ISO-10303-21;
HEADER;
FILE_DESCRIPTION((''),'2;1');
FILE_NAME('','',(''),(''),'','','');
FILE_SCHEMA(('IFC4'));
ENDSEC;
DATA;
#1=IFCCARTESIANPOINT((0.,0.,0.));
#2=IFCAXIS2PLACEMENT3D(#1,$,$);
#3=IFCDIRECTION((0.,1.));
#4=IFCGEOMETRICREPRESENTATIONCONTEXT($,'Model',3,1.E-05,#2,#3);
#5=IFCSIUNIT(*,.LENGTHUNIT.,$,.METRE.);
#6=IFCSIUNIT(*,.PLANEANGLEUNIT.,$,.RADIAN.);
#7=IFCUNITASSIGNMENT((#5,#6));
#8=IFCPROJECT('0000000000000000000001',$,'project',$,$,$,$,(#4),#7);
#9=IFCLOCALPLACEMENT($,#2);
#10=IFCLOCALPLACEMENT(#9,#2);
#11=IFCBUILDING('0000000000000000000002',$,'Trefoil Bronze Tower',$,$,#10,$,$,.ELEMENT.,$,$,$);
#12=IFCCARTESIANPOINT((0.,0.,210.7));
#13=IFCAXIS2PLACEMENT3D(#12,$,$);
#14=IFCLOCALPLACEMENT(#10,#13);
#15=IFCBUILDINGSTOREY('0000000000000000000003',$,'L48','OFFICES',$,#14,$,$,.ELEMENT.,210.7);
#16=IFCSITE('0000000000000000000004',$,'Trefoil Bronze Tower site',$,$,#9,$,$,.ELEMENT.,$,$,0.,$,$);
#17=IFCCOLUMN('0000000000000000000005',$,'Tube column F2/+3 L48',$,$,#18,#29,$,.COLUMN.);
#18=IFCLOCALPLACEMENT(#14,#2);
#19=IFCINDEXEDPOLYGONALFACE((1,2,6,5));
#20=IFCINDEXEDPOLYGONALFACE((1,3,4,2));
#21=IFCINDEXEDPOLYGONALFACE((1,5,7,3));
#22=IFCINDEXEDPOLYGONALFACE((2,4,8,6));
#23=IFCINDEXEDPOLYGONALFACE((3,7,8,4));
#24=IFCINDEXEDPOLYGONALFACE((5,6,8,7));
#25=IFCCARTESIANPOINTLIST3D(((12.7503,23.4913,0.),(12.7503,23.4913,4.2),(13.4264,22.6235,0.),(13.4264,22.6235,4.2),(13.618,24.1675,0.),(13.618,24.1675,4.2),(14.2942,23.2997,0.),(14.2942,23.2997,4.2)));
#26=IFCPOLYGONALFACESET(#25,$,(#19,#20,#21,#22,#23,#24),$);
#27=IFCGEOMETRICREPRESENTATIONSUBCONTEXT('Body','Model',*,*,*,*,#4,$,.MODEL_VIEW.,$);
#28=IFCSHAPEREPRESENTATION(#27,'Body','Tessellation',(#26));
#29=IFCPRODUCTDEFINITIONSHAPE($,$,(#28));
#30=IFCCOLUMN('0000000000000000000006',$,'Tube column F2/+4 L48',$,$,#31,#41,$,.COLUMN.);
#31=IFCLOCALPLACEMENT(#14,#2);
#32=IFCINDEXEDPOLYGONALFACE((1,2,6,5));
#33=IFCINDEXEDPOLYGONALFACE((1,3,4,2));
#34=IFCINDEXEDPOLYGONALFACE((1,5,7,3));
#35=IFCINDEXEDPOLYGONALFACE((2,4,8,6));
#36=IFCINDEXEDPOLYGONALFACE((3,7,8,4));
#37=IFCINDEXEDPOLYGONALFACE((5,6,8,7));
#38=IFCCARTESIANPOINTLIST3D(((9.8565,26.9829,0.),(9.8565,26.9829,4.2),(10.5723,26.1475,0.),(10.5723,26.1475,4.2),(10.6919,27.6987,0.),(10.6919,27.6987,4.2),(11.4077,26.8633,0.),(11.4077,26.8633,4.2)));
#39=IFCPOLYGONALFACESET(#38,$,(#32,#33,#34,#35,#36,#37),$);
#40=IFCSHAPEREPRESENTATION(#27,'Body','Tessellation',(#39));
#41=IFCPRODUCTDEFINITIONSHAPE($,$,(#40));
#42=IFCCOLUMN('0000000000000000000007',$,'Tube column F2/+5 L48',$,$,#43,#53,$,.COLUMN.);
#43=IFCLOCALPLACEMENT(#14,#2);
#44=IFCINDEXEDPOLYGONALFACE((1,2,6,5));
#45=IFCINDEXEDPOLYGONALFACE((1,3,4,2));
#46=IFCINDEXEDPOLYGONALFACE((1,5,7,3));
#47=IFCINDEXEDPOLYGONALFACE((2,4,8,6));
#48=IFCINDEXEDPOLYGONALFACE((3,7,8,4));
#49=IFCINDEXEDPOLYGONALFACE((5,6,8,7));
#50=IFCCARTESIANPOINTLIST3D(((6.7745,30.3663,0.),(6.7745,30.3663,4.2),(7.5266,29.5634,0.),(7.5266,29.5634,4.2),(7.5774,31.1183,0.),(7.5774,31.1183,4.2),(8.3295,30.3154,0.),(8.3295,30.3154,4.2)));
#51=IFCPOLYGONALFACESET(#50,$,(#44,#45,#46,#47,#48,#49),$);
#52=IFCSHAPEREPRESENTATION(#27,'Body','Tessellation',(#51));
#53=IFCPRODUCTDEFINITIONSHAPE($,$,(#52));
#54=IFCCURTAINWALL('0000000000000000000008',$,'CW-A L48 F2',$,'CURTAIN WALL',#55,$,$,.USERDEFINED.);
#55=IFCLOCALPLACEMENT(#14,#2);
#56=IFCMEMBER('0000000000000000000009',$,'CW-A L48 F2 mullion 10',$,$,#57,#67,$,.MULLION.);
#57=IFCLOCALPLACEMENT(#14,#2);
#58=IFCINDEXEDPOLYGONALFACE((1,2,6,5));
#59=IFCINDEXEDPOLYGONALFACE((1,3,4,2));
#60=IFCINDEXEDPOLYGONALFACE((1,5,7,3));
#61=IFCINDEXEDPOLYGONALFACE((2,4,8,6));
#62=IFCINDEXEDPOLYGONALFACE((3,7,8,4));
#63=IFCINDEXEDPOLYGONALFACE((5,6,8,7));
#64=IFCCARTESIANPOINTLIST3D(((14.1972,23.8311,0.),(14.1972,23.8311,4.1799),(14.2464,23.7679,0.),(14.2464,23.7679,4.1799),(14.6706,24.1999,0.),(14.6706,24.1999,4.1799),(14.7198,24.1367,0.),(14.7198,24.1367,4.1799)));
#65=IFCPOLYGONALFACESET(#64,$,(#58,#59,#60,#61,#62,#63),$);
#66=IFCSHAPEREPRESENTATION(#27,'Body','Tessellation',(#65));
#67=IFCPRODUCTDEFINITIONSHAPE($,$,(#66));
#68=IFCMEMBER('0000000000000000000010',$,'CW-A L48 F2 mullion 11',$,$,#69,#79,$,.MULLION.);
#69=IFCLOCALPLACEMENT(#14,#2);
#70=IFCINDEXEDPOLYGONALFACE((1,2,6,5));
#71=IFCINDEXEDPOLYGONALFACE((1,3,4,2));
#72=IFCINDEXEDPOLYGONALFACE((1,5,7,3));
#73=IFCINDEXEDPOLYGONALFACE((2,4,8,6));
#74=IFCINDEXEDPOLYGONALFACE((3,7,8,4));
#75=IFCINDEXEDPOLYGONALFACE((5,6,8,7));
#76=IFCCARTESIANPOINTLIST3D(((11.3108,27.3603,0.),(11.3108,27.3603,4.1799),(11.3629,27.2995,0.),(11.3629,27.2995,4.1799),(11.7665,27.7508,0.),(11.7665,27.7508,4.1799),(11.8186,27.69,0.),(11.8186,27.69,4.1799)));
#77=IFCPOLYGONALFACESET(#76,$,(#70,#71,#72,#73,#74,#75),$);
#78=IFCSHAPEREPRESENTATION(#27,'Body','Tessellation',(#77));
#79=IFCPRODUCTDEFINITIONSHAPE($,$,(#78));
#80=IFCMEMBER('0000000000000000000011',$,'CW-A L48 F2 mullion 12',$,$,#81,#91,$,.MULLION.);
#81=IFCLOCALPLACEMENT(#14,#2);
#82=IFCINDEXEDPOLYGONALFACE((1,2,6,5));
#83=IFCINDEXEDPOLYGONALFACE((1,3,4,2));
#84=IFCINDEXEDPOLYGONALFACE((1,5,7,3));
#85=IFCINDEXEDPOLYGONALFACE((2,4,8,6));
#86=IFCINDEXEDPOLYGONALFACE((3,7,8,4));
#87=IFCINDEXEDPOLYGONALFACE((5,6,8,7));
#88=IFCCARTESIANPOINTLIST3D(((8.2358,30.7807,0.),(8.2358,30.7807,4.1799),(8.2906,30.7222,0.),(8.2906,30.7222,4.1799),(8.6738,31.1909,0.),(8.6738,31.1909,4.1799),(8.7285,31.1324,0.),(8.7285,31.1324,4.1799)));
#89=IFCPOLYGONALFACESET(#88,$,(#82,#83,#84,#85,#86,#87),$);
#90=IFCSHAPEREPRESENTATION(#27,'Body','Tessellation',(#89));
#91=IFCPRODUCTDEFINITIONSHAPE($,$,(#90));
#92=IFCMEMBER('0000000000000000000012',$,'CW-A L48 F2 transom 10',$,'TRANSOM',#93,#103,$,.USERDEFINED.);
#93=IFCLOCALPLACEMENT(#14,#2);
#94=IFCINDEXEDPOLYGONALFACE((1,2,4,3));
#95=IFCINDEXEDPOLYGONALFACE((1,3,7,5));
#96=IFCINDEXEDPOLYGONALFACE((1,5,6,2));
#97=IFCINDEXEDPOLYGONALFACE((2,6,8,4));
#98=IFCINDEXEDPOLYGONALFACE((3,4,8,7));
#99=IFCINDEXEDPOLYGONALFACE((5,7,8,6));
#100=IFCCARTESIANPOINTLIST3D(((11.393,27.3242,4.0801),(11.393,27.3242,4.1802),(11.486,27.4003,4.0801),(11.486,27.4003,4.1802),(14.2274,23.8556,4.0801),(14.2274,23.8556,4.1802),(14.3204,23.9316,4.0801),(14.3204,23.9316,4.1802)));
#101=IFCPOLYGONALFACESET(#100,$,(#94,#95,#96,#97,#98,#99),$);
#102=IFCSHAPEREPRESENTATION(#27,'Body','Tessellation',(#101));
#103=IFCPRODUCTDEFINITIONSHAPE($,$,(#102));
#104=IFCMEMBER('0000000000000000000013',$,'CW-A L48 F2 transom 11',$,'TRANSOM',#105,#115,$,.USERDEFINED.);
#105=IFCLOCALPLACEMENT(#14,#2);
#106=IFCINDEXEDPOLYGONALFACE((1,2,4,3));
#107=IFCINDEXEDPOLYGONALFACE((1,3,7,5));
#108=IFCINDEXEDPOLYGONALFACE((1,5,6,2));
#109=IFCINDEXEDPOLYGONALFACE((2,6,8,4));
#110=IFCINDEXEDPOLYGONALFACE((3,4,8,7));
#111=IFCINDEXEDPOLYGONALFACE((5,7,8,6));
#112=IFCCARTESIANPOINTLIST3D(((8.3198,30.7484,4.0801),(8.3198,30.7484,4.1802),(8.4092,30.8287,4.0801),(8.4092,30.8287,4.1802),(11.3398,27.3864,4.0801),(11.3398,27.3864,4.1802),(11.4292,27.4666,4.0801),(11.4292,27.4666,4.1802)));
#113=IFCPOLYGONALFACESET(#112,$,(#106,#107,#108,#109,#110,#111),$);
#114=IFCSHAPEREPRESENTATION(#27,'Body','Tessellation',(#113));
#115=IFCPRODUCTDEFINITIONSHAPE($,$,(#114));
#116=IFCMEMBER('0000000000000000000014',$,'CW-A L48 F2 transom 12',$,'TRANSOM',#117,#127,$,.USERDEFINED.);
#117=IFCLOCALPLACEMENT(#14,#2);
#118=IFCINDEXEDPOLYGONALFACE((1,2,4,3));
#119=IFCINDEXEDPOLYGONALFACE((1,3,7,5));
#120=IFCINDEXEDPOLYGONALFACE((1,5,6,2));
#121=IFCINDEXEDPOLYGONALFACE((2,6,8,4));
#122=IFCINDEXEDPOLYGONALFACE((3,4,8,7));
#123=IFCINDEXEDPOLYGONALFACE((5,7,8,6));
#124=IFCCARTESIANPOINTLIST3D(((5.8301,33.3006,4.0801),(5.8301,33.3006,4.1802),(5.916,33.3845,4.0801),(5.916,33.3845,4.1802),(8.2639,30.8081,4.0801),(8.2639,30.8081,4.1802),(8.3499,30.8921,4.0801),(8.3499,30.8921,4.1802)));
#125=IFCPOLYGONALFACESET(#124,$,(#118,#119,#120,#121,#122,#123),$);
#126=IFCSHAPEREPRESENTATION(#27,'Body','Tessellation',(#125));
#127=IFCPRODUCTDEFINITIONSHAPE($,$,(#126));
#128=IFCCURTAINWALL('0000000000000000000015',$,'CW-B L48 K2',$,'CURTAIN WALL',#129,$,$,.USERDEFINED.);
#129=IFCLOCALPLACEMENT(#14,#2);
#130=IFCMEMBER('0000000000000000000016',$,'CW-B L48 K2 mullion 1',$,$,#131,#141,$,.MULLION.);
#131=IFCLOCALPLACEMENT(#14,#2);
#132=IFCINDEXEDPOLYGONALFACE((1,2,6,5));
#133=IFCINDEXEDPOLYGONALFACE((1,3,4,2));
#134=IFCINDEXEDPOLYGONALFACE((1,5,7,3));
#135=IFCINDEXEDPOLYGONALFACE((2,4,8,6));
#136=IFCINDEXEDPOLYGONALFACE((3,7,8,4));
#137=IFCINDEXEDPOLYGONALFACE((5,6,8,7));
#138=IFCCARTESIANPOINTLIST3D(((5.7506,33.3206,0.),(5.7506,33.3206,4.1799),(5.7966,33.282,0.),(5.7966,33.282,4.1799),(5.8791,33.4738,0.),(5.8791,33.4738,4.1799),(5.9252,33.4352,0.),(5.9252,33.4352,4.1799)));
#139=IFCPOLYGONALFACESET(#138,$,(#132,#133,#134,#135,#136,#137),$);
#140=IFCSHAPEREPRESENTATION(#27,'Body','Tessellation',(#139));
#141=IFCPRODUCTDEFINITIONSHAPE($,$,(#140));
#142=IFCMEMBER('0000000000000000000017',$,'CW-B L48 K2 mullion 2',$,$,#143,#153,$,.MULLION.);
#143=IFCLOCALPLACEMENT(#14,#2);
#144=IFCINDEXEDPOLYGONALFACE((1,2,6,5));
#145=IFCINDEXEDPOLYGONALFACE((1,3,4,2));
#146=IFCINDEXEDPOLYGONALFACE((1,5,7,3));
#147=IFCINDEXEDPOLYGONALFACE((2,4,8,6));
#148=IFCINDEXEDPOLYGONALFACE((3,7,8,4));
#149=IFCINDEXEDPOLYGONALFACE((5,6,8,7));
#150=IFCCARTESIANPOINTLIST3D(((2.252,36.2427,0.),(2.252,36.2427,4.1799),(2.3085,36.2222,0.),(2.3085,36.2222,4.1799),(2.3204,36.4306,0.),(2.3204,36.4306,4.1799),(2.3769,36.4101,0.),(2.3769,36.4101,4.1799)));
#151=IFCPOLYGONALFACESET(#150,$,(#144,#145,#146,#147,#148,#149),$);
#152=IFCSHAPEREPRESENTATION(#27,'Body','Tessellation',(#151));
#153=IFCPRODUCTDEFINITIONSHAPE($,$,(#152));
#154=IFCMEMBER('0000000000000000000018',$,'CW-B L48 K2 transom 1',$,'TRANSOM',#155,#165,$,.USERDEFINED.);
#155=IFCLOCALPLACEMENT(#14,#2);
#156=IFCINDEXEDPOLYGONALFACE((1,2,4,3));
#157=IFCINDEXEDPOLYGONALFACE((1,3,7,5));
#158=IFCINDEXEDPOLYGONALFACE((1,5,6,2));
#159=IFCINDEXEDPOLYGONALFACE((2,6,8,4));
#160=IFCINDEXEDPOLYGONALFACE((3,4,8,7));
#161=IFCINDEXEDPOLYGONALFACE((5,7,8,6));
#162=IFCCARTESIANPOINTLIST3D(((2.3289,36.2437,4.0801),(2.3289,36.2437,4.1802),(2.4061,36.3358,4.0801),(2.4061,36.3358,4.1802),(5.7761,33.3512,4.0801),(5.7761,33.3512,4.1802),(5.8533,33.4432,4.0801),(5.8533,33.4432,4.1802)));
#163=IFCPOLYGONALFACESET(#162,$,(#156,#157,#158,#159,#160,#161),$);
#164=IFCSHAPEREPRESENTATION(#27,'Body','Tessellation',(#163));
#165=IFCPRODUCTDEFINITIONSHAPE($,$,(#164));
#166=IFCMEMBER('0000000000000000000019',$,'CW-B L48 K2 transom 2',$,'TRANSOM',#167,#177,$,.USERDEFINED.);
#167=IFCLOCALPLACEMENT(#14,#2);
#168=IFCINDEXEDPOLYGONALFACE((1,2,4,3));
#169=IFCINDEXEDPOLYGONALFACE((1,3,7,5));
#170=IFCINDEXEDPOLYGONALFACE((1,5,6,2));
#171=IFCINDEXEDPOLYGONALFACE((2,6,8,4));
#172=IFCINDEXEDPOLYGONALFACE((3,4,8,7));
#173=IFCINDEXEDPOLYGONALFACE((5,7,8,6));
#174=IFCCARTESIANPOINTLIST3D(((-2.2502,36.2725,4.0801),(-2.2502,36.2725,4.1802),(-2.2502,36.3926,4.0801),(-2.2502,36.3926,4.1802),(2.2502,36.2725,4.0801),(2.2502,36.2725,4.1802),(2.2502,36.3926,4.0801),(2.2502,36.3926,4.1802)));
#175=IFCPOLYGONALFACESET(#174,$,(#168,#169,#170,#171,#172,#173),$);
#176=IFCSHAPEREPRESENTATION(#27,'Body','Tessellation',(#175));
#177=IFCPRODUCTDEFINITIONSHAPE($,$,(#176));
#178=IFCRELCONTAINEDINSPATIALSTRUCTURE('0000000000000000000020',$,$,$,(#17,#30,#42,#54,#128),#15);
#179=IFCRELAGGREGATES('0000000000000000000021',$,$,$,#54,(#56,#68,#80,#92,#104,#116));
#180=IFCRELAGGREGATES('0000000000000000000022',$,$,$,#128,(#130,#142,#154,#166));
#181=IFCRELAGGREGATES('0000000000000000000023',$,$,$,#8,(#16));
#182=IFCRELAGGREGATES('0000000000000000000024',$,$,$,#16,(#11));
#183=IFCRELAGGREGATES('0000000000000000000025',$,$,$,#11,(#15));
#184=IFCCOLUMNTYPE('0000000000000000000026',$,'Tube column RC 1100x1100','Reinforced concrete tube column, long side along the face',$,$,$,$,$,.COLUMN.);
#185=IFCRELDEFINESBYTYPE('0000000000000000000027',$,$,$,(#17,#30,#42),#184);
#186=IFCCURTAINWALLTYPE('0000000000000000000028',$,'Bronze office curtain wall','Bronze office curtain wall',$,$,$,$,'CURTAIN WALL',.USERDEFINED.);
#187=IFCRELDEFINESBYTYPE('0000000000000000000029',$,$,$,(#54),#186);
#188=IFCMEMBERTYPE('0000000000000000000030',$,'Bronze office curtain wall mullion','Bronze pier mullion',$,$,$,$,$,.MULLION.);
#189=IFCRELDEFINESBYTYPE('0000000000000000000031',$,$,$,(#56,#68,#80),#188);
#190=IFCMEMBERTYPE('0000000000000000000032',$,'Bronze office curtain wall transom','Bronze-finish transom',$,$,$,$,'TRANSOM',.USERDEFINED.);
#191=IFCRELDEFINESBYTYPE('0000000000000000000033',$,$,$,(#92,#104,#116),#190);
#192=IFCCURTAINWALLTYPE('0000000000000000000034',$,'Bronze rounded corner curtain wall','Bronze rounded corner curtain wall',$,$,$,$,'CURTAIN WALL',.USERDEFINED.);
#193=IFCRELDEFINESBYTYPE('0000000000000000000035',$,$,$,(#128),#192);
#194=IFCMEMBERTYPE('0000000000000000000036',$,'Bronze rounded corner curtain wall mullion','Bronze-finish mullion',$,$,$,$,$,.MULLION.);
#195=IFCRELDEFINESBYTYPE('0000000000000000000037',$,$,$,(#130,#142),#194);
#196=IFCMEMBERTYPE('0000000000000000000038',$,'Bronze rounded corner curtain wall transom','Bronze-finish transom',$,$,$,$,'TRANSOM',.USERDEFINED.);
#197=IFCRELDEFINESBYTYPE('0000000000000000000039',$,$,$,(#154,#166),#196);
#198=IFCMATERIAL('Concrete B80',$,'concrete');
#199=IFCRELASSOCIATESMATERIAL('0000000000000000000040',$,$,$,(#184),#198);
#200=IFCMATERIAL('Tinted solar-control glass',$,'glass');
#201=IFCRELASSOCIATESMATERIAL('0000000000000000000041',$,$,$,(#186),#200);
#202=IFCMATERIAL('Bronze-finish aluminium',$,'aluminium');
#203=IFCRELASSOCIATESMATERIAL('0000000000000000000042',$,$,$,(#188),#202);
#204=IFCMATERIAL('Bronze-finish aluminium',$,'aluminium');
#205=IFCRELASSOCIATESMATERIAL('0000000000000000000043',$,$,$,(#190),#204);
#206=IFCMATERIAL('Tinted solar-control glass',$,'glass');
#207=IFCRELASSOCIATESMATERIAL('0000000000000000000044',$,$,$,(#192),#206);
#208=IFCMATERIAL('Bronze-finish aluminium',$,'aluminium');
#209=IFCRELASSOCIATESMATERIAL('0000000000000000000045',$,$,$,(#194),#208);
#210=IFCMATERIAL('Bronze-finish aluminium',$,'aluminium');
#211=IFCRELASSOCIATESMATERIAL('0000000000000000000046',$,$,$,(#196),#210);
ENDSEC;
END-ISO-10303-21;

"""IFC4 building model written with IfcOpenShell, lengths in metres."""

from ifc_helpers import new_model, si_unit, direction, frame, origin, origin_2d, place, context, subcontext, project, spatial, rectangle, extrude, material, material_profile, profile_set, type_object, element, aggregate, save


model = new_model("IFC4")

# Units and contexts
model_context = context("Model", 3, precision=1e-05, world=origin(), true_north=direction((0.0, 1.0)))
body_context = subcontext(model_context, "Body", "Model", "MODEL_VIEW")
ifc_project = project(units=[si_unit("LENGTHUNIT", "METRE"), si_unit("PLANEANGLEUNIT", "RADIAN")], contexts=[model_context])

# Site, building, storey
site_placement = place(None, origin())
site = spatial("IfcSite", under=ifc_project, at=site_placement, Name="Trefoil Bronze Tower site", CompositionType="ELEMENT", RefElevation=0.0)
building_placement = place(site_placement, origin())
building = spatial("IfcBuilding", under=site, at=building_placement, Name="Trefoil Bronze Tower", CompositionType="ELEMENT")
storey_placement = place(building_placement, frame((0.0, 0.0, 210.7)))
storey = spatial("IfcBuildingStorey", under=building, at=storey_placement, Name="L48", Description="OFFICES", CompositionType="ELEMENT", Elevation=210.7)

# Columns
ifc_material_1 = material(Name="Concrete B80", Category="concrete")
ifc_material_profile_1 = material_profile(ifc_material_1, rectangle(XDim=1.1001, YDim=1.1001, at=origin_2d()), Name="RC 1100x1100")
ifc_profile_set_1 = profile_set([ifc_material_profile_1], Name="Concrete B80")
column_type = type_object("IfcColumnType", Name="Tube column RC 1100x1100", Description="Reinforced concrete tube column, long side along the face", PredefinedType="COLUMN", material=ifc_profile_set_1)
for number, where, z_axis, x_axis, name in (
    (1, (13.5222, 23.3955, 0.0), (0.0, 0.0, 1.0), (-0.614622, 0.788821, 0.0), "Tube column F2/+3 L48"),
    (2, (10.6321, 26.9231, 0.0), (0.0, 0.0, 1.0), (-0.650677, 0.759355, 0.0), "Tube column F2/+4 L48"),
    (3, (7.552, 30.3408, 0.0), (0.0, 0.0, 1.0), (-0.683597, 0.72986, 0.0), "Tube column F2/+5 L48"),
):
    element("IfcColumn", number, at=place(storey_placement, frame(where, z_axis=z_axis, x_axis=x_axis)), inside=storey, type_object=column_type, Name=name, PredefinedType="COLUMN", context=body_context, shape_type="SweptSolid", body=[
        extrude(rectangle(XDim=1.1001, YDim=1.1001, at=origin_2d()), origin(), (0.0, 0.0, 1.0), 4.2),
    ])

# Curtain walls, members
ifc_material_2 = material(Name="Tinted solar-control glass", Category="glass")
curtain_wall_type_1 = type_object("IfcCurtainWallType", Name="Bronze office curtain wall", Description="Bronze office curtain wall", ElementType="CURTAIN WALL", PredefinedType="USERDEFINED", material=ifc_material_2)
curtain_wall_1_placement = place(storey_placement, origin())
curtain_wall_1 = element("IfcCurtainWall", 4, at=curtain_wall_1_placement, inside=storey, type_object=curtain_wall_type_1, Name="CW-A L48 F2", ObjectType="CURTAIN WALL", PredefinedType="USERDEFINED")
ifc_material_3 = material(Name="Bronze-finish aluminium", Category="aluminium")
ifc_material_profile_2 = material_profile(ifc_material_3, rectangle(XDim=0.6001, YDim=0.0801, at=origin_2d()), Name="CW-A mullion")
ifc_profile_set_2 = profile_set([ifc_material_profile_2], Name="Bronze-finish aluminium")
member_type_1 = type_object("IfcMemberType", Name="Bronze office curtain wall mullion", Description="Bronze pier mullion", PredefinedType="MULLION", material=ifc_profile_set_2)
member_1_placement = place(storey_placement, frame((14.4585, 23.9839, 0.0), z_axis=(0.0, 0.0, 1.0), x_axis=(-0.788821, -0.614622, 0.0)))
member_1 = element("IfcMember", 5, at=member_1_placement, type_object=member_type_1, Name="CW-A L48 F2 mullion 10", PredefinedType="MULLION", context=body_context, shape_type="SweptSolid", body=[
    extrude(rectangle(XDim=0.6001, YDim=0.0801, at=origin_2d()), origin(), (0.0, 0.0, 1.0), 4.1799),
])
member_2_placement = place(storey_placement, frame((11.5647, 27.5251, 0.0), z_axis=(0.0, 0.0, 1.0), x_axis=(-0.759355, -0.650677, 0.0)))
member_2 = element("IfcMember", 6, at=member_2_placement, type_object=member_type_1, Name="CW-A L48 F2 mullion 11", PredefinedType="MULLION", context=body_context, shape_type="SweptSolid", body=[
    extrude(rectangle(XDim=0.6001, YDim=0.0801, at=origin_2d()), origin(), (0.0, 0.0, 1.0), 4.1799),
])
member_3_placement = place(storey_placement, frame((8.4822, 30.9565, 0.0), z_axis=(0.0, 0.0, 1.0), x_axis=(-0.72986, -0.683597, 0.0)))
member_3 = element("IfcMember", 7, at=member_3_placement, type_object=member_type_1, Name="CW-A L48 F2 mullion 12", PredefinedType="MULLION", context=body_context, shape_type="SweptSolid", body=[
    extrude(rectangle(XDim=0.6001, YDim=0.0801, at=origin_2d()), origin(), (0.0, 0.0, 1.0), 4.1799),
])
ifc_material_4 = material(Name="Bronze-finish aluminium", Category="aluminium")
ifc_material_profile_3 = material_profile(ifc_material_4, rectangle(XDim=0.1201, YDim=0.1001, at=origin_2d()), Name="CW-A transom")
ifc_profile_set_3 = profile_set([ifc_material_profile_3], Name="Bronze-finish aluminium")
member_type_2 = type_object("IfcMemberType", Name="Bronze office curtain wall transom", Description="Bronze-finish transom", ElementType="TRANSOM", PredefinedType="USERDEFINED", material=ifc_profile_set_3)
member_4_placement = place(storey_placement, frame((14.2739, 23.8936, 4.1301), z_axis=(-0.632757, 0.774351, 0.0), x_axis=(-0.774351, -0.632757, 0.0)))
member_4 = element("IfcMember", 8, at=member_4_placement, type_object=member_type_2, Name="CW-A L48 F2 transom 10", ObjectType="TRANSOM", PredefinedType="USERDEFINED", context=body_context, shape_type="SweptSolid", body=[
    extrude(rectangle(XDim=0.1201, YDim=0.1001, at=origin_2d()), origin(), (0.0, 0.0, 1.0), 4.4795),
])
member_5_placement = place(storey_placement, frame((11.3845, 27.4265, 4.1301), z_axis=(-0.668251, 0.743936, 0.0), x_axis=(-0.743936, -0.668251, 0.0)))
member_5 = element("IfcMember", 9, at=member_5_placement, type_object=member_type_2, Name="CW-A L48 F2 transom 11", ObjectType="TRANSOM", PredefinedType="USERDEFINED", context=body_context, shape_type="SweptSolid", body=[
    extrude(rectangle(XDim=0.1201, YDim=0.1001, at=origin_2d()), origin(), (0.0, 0.0, 1.0), 4.5193),
])
member_6_placement = place(storey_placement, frame((8.3069, 30.8501, 4.1301), z_axis=(-0.698647, 0.715467, 0.0), x_axis=(-0.715467, -0.698647, 0.0)))
member_6 = element("IfcMember", 10, at=member_6_placement, type_object=member_type_2, Name="CW-A L48 F2 transom 12", ObjectType="TRANSOM", PredefinedType="USERDEFINED", context=body_context, shape_type="SweptSolid", body=[
    extrude(rectangle(XDim=0.1201, YDim=0.1001, at=origin_2d()), origin(), (0.0, 0.0, 1.0), 3.4836),
])
ifc_material_5 = material(Name="Tinted solar-control glass", Category="glass")
curtain_wall_type_2 = type_object("IfcCurtainWallType", Name="Bronze rounded corner curtain wall", Description="Bronze rounded corner curtain wall", ElementType="CURTAIN WALL", PredefinedType="USERDEFINED", material=ifc_material_5)
curtain_wall_2_placement = place(storey_placement, origin())
curtain_wall_2 = element("IfcCurtainWall", 11, at=curtain_wall_2_placement, inside=storey, type_object=curtain_wall_type_2, Name="CW-B L48 K2", ObjectType="CURTAIN WALL", PredefinedType="USERDEFINED")
ifc_material_6 = material(Name="Bronze-finish aluminium", Category="aluminium")
ifc_material_profile_4 = material_profile(ifc_material_6, rectangle(XDim=0.2, YDim=0.0601, at=origin_2d()), Name="CW-B mullion")
ifc_profile_set_4 = profile_set([ifc_material_profile_4], Name="Bronze-finish aluminium")
member_type_3 = type_object("IfcMemberType", Name="Bronze rounded corner curtain wall mullion", Description="Bronze-finish mullion", PredefinedType="MULLION", material=ifc_profile_set_4)
member_7_placement = place(storey_placement, frame((5.8379, 33.3779, 0.0), z_axis=(0.0, 0.0, 1.0), x_axis=(-0.642788, -0.766044, 0.0)))
member_7 = element("IfcMember", 12, at=member_7_placement, type_object=member_type_3, Name="CW-B L48 K2 mullion 1", PredefinedType="MULLION", context=body_context, shape_type="SweptSolid", body=[
    extrude(rectangle(XDim=0.2, YDim=0.0601, at=origin_2d()), origin(), (0.0, 0.0, 1.0), 4.1799),
])
member_8_placement = place(storey_placement, frame((2.3145, 36.3264, 0.0), z_axis=(0.0, 0.0, 1.0), x_axis=(-0.34202, -0.939693, 0.0)))
member_8 = element("IfcMember", 13, at=member_8_placement, type_object=member_type_3, Name="CW-B L48 K2 mullion 2", PredefinedType="MULLION", context=body_context, shape_type="SweptSolid", body=[
    extrude(rectangle(XDim=0.2, YDim=0.0601, at=origin_2d()), origin(), (0.0, 0.0, 1.0), 4.1799),
])
ifc_material_7 = material(Name="Bronze-finish aluminium", Category="aluminium")
ifc_material_profile_5 = material_profile(ifc_material_7, rectangle(XDim=0.1201, YDim=0.1001, at=origin_2d()), Name="CW-B transom")
ifc_profile_set_5 = profile_set([ifc_material_profile_5], Name="Bronze-finish aluminium")
member_type_4 = type_object("IfcMemberType", Name="Bronze rounded corner curtain wall transom", Description="Bronze-finish transom", ElementType="TRANSOM", PredefinedType="USERDEFINED", material=ifc_profile_set_5)
member_9_placement = place(storey_placement, frame((5.8147, 33.3972, 4.1301), z_axis=(-0.766047, 0.642785, 0.0), x_axis=(-0.642785, -0.766047, 0.0)))
member_9 = element("IfcMember", 14, at=member_9_placement, type_object=member_type_4, Name="CW-B L48 K2 transom 1", ObjectType="TRANSOM", PredefinedType="USERDEFINED", context=body_context, shape_type="SweptSolid", body=[
    extrude(rectangle(XDim=0.1201, YDim=0.1001, at=origin_2d()), origin(), (0.0, 0.0, 1.0), 4.5),
])
member_10_placement = place(storey_placement, frame((2.2502, 36.3325, 4.1301), z_axis=(-1.0, 0.0, 0.0), x_axis=(0.0, -1.0, 0.0)))
member_10 = element("IfcMember", 15, at=member_10_placement, type_object=member_type_4, Name="CW-B L48 K2 transom 2", ObjectType="TRANSOM", PredefinedType="USERDEFINED", context=body_context, shape_type="SweptSolid", body=[
    extrude(rectangle(XDim=0.1201, YDim=0.1001, at=origin_2d()), origin(), (0.0, 0.0, 1.0), 4.5005),
])

aggregate(curtain_wall_1, [member_1, member_2, member_3, member_4, member_5, member_6])
aggregate(curtain_wall_2, [member_7, member_8, member_9, member_10])

save(model, "model.ifc")
